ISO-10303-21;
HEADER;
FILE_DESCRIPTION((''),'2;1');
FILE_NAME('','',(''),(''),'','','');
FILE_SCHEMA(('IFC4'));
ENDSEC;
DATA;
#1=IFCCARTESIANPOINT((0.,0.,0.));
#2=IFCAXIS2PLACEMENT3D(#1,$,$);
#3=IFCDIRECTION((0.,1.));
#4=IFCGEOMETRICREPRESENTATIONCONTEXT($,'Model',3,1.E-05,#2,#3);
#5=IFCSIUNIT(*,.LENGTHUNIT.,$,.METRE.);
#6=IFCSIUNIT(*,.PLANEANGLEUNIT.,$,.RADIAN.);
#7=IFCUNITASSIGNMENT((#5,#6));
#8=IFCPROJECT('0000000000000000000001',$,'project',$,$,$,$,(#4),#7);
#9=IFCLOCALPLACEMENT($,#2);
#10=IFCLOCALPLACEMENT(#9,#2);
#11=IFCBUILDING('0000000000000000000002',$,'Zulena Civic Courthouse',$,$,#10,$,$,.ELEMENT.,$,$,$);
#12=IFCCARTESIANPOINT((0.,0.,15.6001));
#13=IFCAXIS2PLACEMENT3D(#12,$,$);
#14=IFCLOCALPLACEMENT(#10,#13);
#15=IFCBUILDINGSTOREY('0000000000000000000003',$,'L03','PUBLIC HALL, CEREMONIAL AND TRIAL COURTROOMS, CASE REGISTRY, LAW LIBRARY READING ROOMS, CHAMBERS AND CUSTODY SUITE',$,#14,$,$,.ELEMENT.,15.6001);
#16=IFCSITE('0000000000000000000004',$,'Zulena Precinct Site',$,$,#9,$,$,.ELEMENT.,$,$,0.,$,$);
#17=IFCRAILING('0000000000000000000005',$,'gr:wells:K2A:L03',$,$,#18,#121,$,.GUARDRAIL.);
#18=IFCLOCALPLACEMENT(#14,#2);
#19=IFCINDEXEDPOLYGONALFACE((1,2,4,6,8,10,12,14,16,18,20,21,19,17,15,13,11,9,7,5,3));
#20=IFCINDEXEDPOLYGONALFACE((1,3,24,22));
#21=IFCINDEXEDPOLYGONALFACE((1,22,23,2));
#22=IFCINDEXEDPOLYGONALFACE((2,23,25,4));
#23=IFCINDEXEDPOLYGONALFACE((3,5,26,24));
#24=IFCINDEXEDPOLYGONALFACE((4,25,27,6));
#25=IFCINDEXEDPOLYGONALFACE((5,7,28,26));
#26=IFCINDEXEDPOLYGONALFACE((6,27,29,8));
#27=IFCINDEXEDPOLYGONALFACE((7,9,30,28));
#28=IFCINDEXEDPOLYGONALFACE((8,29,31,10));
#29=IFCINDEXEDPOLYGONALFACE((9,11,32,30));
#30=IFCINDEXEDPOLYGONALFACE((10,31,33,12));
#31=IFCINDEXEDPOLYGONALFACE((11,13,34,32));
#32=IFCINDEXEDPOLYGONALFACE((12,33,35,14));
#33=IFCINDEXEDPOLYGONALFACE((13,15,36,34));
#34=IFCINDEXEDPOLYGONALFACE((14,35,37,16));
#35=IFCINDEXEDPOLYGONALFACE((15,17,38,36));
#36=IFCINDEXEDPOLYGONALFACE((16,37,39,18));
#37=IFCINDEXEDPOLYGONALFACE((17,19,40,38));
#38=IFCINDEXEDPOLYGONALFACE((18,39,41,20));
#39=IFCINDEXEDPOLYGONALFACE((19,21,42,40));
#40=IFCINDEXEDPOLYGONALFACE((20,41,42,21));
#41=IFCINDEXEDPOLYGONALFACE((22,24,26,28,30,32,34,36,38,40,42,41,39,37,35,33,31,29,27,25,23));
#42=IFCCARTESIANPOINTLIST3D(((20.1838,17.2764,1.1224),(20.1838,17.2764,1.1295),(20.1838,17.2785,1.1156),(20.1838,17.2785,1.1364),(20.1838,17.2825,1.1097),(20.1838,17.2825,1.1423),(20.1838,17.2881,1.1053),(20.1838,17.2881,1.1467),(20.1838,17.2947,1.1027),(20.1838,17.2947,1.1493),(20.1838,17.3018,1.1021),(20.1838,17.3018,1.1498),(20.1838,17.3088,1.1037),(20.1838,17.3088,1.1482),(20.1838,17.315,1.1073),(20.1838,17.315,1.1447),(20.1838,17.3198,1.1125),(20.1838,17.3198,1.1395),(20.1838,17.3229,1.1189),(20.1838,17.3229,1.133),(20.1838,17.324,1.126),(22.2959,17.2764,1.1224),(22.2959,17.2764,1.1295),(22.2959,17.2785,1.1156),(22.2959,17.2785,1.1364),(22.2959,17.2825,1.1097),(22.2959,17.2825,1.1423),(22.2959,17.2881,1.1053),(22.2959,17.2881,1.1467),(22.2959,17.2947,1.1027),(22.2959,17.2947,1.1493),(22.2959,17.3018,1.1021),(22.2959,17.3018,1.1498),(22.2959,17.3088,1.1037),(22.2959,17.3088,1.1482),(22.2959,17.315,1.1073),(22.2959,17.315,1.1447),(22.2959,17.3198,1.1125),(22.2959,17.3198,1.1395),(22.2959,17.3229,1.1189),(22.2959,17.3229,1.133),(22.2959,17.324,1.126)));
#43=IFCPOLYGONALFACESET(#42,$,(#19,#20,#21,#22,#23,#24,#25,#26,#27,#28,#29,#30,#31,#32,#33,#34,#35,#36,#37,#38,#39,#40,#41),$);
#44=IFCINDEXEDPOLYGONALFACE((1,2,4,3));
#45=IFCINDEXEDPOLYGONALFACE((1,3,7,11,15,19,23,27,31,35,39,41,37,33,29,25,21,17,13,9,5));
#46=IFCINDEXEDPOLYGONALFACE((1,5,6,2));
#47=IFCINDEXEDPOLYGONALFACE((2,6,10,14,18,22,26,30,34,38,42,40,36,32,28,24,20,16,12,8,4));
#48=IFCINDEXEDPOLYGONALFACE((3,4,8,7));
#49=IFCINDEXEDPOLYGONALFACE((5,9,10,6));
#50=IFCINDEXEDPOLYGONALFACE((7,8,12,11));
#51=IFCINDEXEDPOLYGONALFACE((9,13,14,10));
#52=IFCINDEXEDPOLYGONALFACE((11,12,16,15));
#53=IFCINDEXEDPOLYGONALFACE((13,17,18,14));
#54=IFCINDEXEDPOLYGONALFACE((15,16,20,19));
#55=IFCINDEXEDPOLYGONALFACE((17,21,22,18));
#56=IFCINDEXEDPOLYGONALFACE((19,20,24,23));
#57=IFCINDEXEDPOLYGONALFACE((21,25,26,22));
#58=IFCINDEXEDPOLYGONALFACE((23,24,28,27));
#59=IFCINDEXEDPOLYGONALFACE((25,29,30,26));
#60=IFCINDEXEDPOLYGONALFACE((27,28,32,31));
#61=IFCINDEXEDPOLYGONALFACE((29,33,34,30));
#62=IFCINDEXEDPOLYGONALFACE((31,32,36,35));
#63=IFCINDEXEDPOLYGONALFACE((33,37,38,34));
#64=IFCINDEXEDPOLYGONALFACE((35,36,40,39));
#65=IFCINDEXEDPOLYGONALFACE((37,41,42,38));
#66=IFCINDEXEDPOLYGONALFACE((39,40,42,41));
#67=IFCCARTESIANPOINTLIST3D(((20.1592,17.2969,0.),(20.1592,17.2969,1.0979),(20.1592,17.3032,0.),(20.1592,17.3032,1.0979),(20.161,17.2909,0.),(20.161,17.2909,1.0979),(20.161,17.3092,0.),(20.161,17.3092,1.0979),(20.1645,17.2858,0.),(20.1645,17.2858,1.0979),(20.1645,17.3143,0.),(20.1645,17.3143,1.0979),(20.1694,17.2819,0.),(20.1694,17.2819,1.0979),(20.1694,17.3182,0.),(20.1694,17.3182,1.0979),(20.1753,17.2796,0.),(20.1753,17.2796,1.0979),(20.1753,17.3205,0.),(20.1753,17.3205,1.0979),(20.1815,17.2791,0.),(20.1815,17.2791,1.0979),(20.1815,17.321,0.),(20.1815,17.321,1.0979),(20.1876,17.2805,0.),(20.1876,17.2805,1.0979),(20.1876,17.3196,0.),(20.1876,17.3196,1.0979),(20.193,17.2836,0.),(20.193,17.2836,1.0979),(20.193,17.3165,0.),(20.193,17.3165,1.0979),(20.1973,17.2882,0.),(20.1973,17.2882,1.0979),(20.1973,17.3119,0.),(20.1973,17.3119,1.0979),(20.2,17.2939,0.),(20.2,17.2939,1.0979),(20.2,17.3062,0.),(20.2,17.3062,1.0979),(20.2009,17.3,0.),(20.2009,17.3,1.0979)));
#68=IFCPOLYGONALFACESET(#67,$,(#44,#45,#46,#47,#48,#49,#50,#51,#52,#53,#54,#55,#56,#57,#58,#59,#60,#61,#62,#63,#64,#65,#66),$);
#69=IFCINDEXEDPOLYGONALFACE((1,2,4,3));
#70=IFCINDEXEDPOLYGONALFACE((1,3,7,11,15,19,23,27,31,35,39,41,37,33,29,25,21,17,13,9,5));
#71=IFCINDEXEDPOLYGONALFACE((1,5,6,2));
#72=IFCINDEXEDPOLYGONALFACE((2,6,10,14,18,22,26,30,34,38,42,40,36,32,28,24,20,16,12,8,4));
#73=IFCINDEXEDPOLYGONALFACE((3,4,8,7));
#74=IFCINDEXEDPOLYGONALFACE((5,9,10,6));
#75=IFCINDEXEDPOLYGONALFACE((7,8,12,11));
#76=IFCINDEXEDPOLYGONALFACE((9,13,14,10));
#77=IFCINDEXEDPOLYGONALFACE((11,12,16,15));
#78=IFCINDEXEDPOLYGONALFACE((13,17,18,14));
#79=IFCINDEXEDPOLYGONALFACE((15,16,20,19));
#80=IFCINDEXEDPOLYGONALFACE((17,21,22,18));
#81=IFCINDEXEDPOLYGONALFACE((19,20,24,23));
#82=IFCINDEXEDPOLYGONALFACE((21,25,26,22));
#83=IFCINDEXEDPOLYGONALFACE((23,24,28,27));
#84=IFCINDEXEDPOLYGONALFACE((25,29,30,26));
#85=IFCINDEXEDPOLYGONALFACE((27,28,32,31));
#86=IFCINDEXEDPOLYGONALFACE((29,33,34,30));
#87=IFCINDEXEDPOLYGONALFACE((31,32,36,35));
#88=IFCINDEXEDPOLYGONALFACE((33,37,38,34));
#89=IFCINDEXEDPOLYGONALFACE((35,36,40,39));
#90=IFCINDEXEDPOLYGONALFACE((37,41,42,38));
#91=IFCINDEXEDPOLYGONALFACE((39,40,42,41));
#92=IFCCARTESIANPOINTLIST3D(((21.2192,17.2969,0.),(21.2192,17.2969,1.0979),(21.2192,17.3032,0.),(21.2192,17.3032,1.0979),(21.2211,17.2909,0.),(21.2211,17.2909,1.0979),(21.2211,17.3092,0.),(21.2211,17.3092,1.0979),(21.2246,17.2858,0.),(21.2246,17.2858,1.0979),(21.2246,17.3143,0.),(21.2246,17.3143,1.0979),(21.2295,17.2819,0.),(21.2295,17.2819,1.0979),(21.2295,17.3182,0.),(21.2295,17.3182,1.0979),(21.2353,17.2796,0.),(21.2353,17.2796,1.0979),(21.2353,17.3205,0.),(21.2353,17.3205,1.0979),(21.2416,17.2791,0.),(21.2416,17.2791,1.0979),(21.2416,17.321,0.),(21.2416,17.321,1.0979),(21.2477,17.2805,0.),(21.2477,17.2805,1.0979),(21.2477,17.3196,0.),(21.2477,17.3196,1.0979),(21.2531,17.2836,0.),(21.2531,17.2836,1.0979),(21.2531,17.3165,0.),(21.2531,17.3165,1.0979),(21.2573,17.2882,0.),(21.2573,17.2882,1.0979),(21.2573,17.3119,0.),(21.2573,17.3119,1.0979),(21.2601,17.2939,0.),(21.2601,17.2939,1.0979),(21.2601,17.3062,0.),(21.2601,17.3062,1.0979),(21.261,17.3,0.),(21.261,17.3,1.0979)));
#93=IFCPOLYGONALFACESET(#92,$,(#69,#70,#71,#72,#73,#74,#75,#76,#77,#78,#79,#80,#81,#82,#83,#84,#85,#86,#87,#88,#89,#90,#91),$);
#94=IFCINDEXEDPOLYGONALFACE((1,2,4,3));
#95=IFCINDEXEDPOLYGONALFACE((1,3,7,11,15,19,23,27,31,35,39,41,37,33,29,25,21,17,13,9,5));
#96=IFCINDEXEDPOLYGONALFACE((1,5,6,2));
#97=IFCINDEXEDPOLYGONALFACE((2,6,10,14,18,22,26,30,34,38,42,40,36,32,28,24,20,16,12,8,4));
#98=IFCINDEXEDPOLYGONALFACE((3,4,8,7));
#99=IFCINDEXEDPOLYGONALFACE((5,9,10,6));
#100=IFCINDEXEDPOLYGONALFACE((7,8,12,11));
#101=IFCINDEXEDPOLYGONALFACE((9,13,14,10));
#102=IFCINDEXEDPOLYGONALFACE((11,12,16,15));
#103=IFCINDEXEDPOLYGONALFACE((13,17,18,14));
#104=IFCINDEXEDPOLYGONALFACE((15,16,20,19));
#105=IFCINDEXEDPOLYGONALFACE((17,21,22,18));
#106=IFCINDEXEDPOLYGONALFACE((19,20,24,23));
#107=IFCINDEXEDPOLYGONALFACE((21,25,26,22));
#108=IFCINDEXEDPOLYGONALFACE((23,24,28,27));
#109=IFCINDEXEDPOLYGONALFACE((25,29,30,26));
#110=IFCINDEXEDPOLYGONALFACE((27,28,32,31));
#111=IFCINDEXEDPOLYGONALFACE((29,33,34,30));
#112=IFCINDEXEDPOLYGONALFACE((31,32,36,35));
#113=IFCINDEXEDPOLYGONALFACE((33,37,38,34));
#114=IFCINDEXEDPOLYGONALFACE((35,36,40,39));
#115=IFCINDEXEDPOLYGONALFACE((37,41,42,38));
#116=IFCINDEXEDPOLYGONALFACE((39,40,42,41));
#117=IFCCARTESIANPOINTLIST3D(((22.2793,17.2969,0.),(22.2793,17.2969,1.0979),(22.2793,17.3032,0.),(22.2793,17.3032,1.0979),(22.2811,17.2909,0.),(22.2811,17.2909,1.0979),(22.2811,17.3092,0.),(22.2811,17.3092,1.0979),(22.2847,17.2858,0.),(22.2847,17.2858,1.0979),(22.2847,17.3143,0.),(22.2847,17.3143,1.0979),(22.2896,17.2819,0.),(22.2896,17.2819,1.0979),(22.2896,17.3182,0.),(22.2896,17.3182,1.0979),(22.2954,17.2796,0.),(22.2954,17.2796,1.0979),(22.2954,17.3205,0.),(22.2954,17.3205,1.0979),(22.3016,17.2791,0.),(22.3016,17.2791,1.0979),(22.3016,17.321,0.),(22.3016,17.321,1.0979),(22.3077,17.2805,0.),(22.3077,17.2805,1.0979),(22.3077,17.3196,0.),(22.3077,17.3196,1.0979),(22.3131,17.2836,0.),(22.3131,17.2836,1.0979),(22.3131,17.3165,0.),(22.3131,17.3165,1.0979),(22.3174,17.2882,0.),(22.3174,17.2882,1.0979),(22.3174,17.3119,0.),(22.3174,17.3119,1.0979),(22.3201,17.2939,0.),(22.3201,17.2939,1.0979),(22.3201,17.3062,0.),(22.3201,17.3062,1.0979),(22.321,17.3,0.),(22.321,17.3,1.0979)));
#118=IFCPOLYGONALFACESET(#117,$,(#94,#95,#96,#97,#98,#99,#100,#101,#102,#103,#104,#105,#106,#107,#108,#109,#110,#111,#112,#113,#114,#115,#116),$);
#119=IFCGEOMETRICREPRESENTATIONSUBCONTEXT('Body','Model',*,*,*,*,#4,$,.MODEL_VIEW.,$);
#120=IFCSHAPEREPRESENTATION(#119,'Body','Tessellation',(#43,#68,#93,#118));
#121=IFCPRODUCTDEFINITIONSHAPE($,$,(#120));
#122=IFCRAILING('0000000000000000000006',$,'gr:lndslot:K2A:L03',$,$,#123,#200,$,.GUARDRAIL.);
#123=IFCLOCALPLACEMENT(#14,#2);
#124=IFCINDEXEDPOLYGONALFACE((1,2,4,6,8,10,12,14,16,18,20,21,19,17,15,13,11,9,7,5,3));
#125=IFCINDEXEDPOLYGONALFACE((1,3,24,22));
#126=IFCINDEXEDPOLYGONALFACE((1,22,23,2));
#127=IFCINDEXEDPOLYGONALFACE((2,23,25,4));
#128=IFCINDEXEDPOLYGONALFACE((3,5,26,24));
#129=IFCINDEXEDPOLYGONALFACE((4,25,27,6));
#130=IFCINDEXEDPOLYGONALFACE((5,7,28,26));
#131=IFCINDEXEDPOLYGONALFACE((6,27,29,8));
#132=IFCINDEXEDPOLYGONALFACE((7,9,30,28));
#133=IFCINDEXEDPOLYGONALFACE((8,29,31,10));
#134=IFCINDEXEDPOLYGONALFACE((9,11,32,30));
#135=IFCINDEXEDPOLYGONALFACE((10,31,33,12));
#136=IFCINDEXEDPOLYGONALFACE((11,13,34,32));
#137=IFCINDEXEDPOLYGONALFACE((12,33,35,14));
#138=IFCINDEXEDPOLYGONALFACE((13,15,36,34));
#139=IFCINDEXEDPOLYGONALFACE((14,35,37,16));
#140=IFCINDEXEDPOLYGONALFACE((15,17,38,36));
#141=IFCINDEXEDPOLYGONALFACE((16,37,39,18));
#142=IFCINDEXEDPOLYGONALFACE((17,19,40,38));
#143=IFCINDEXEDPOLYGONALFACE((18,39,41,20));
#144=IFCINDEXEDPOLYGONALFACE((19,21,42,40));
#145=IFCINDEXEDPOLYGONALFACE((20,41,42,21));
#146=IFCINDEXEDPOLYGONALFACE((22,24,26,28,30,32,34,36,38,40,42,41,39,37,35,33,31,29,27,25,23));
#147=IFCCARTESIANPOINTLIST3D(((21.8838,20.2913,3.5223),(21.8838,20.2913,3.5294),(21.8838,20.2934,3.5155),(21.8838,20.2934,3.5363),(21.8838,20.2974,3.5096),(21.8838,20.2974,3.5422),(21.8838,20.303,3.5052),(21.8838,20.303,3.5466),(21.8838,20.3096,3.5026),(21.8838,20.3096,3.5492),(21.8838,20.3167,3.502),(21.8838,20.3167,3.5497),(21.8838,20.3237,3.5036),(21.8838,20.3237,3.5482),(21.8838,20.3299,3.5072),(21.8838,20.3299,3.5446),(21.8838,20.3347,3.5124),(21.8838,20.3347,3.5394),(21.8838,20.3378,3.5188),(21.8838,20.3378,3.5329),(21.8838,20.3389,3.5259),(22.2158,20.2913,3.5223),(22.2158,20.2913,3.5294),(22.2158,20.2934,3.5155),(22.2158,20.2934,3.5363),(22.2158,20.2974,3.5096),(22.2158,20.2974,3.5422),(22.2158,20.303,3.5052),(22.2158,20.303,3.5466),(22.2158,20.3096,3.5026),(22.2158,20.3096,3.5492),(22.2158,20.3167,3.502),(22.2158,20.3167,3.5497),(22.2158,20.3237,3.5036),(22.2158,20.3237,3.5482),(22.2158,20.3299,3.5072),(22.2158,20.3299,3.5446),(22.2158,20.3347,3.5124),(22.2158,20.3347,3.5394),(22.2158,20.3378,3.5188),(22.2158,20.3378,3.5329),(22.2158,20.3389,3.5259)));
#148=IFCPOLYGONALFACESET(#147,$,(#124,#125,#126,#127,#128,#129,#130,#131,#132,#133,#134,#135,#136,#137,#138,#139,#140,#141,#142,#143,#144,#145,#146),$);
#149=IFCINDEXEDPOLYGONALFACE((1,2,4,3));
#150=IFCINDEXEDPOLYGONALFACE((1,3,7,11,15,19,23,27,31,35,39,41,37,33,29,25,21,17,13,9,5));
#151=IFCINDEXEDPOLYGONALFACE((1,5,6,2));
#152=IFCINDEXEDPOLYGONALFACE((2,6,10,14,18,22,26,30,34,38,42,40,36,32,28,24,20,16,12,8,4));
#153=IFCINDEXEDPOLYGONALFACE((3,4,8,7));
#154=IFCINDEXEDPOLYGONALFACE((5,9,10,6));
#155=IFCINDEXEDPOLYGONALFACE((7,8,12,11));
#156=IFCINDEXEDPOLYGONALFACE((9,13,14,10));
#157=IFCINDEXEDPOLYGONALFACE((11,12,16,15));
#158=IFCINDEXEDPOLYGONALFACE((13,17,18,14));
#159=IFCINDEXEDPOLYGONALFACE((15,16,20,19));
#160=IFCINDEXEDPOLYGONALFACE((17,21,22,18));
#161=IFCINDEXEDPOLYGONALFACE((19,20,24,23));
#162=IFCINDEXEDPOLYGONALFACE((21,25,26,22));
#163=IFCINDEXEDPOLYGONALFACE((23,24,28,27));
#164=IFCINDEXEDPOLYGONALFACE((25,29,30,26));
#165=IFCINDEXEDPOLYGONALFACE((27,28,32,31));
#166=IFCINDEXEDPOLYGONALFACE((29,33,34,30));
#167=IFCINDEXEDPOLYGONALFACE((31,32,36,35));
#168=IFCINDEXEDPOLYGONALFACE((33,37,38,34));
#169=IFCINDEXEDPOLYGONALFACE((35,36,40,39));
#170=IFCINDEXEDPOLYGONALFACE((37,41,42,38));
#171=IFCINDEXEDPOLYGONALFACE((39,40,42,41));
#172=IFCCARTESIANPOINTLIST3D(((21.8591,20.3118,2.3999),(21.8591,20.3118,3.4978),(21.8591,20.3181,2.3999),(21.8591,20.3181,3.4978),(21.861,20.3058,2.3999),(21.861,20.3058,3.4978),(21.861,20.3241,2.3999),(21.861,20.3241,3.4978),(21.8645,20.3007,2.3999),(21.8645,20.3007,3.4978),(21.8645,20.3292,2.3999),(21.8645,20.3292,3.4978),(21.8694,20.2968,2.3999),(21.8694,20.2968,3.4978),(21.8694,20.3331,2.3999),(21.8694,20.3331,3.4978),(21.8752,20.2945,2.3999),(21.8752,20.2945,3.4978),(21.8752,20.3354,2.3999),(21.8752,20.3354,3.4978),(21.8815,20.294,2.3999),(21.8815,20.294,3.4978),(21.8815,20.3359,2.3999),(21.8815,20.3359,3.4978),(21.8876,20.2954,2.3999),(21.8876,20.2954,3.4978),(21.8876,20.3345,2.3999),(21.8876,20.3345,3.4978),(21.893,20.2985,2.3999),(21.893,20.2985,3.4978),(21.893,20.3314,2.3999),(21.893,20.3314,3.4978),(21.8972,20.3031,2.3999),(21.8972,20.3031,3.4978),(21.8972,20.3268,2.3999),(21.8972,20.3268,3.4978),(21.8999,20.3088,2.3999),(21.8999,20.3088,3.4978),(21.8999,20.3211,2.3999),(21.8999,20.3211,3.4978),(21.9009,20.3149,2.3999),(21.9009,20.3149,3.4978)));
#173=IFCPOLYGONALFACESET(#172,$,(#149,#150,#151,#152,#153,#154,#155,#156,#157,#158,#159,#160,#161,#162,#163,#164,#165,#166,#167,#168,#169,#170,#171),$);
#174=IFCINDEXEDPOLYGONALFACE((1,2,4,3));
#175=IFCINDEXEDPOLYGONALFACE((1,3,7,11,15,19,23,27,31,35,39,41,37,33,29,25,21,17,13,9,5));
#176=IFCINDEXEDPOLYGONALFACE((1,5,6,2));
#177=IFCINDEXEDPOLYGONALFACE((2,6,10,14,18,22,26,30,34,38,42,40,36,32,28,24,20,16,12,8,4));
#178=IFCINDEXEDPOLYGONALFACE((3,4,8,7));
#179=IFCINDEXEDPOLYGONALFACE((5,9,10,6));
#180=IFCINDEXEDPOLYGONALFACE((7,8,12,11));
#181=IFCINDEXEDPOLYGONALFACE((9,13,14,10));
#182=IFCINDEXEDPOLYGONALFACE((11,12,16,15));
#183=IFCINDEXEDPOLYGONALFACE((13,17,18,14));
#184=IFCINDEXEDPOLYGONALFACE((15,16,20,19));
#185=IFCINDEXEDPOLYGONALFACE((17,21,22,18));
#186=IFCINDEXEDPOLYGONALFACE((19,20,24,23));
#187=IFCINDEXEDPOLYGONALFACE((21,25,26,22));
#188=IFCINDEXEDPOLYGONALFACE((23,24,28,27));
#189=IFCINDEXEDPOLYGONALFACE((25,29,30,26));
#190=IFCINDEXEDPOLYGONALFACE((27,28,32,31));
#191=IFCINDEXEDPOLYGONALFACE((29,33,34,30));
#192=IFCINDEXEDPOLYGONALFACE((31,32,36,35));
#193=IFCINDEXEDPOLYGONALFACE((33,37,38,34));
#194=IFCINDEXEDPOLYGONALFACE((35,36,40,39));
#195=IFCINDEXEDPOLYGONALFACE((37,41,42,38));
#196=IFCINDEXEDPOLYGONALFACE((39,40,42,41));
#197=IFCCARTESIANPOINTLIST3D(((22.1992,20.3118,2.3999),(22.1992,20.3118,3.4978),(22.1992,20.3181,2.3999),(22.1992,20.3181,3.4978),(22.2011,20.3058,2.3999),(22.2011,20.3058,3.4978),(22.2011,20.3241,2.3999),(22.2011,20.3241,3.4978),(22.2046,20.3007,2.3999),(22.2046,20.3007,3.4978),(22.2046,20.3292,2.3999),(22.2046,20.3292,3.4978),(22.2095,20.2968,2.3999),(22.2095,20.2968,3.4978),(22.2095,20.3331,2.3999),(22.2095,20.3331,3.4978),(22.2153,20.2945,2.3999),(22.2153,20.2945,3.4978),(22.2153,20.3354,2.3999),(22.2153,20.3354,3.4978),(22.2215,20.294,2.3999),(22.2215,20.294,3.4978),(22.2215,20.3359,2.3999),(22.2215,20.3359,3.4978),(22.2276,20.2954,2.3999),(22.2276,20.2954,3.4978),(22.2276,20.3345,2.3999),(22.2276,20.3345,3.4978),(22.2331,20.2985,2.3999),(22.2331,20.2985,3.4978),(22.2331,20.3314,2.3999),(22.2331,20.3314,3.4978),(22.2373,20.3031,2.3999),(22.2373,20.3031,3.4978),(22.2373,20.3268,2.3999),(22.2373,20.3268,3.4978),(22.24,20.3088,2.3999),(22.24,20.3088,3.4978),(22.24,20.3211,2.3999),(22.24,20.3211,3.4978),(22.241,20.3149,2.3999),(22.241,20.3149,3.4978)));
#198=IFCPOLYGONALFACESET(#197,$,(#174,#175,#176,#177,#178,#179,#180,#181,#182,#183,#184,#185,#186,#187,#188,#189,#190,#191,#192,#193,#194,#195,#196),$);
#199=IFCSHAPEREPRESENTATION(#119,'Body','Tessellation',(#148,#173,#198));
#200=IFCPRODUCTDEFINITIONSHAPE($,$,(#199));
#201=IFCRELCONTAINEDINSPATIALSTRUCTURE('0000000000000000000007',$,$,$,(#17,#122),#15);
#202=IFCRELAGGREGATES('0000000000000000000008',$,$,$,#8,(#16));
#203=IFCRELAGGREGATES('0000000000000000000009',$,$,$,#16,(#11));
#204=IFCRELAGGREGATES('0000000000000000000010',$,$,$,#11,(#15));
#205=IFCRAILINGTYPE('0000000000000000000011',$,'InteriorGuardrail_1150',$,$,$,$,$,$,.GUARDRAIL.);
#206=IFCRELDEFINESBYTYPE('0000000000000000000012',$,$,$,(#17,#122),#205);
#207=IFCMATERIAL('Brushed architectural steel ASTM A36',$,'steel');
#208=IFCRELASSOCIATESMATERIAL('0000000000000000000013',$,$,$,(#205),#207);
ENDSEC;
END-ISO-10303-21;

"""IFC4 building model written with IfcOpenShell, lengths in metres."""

from ifc_helpers import new_model, si_unit, direction, frame, origin, origin_2d, place, context, subcontext, project, spatial, circle, extrude, material, type_object, element, save


model = new_model("IFC4")

# Units and contexts
model_context = context("Model", 3, precision=1e-05, world=origin(), true_north=direction((0.0, 1.0)))
body_context = subcontext(model_context, "Body", "Model", "MODEL_VIEW")
ifc_project = project(units=[si_unit("LENGTHUNIT", "METRE"), si_unit("PLANEANGLEUNIT", "RADIAN")], contexts=[model_context])

# Site, building, storey
site_placement = place(None, origin())
site = spatial("IfcSite", under=ifc_project, at=site_placement, Name="Zulena Precinct Site", CompositionType="ELEMENT", RefElevation=0.0)
building_placement = place(site_placement, origin())
building = spatial("IfcBuilding", under=site, at=building_placement, Name="Zulena Civic Courthouse", CompositionType="ELEMENT")
storey_placement = place(building_placement, frame((0.0, 0.0, 15.6001)))
storey = spatial("IfcBuildingStorey", under=building, at=storey_placement, Name="L03", Description="PUBLIC HALL, CEREMONIAL AND TRIAL COURTROOMS, CASE REGISTRY, LAW LIBRARY READING ROOMS, CHAMBERS AND CUSTODY SUITE", CompositionType="ELEMENT", Elevation=15.6001)

# Railings
ifc_material_1 = material(Name="Brushed architectural steel ASTM A36", Category="steel")
railing_type_1 = type_object("IfcRailingType", Name="InteriorGuardrail_1150", PredefinedType="GUARDRAIL", material=ifc_material_1)
railing_1_placement = place(storey_placement, frame((20.1799, 17.3, 0.0)))
element("IfcRailing", 1, at=railing_1_placement, inside=storey, type_object=railing_type_1, Name="gr:wells:K2A:L03", PredefinedType="GUARDRAIL", context=body_context, shape_type="SweptSolid", body=[
    extrude(circle(Radius=0.0239, at=origin_2d()), frame((0.0039, 0.0, 1.126), z_axis=(1.0, 0.0, 0.0), x_axis=(0.0, 1.0, 0.0)), (0.0, 0.0, 1.0), 2.1121),
    extrude(circle(Radius=0.021, at=origin_2d()), origin(), (0.0, 0.0, 1.0), 1.0979),
    extrude(circle(Radius=0.021, at=origin_2d()), frame((1.0601, 0.0, 0.0)), (0.0, 0.0, 1.0), 1.0979),
    extrude(circle(Radius=0.021, at=origin_2d()), frame((2.1201, 0.0, 0.0)), (0.0, 0.0, 1.0), 1.0979),
])
railing_2_placement = place(storey_placement, frame((21.8799, 20.3149, 2.3999)))
element("IfcRailing", 2, at=railing_2_placement, inside=storey, type_object=railing_type_1, Name="gr:lndslot:K2A:L03", PredefinedType="GUARDRAIL", context=body_context, shape_type="SweptSolid", body=[
    extrude(circle(Radius=0.0239, at=origin_2d()), frame((0.0039, 0.0, 1.126), z_axis=(1.0, 0.0, 0.0), x_axis=(0.0, 1.0, 0.0)), (0.0, 0.0, 1.0), 0.332),
    extrude(circle(Radius=0.021, at=origin_2d()), origin(), (0.0, 0.0, 1.0), 1.0979),
    extrude(circle(Radius=0.021, at=origin_2d()), frame((0.3401, 0.0, 0.0)), (0.0, 0.0, 1.0), 1.0979),
])

save(model, "model.ifc")
